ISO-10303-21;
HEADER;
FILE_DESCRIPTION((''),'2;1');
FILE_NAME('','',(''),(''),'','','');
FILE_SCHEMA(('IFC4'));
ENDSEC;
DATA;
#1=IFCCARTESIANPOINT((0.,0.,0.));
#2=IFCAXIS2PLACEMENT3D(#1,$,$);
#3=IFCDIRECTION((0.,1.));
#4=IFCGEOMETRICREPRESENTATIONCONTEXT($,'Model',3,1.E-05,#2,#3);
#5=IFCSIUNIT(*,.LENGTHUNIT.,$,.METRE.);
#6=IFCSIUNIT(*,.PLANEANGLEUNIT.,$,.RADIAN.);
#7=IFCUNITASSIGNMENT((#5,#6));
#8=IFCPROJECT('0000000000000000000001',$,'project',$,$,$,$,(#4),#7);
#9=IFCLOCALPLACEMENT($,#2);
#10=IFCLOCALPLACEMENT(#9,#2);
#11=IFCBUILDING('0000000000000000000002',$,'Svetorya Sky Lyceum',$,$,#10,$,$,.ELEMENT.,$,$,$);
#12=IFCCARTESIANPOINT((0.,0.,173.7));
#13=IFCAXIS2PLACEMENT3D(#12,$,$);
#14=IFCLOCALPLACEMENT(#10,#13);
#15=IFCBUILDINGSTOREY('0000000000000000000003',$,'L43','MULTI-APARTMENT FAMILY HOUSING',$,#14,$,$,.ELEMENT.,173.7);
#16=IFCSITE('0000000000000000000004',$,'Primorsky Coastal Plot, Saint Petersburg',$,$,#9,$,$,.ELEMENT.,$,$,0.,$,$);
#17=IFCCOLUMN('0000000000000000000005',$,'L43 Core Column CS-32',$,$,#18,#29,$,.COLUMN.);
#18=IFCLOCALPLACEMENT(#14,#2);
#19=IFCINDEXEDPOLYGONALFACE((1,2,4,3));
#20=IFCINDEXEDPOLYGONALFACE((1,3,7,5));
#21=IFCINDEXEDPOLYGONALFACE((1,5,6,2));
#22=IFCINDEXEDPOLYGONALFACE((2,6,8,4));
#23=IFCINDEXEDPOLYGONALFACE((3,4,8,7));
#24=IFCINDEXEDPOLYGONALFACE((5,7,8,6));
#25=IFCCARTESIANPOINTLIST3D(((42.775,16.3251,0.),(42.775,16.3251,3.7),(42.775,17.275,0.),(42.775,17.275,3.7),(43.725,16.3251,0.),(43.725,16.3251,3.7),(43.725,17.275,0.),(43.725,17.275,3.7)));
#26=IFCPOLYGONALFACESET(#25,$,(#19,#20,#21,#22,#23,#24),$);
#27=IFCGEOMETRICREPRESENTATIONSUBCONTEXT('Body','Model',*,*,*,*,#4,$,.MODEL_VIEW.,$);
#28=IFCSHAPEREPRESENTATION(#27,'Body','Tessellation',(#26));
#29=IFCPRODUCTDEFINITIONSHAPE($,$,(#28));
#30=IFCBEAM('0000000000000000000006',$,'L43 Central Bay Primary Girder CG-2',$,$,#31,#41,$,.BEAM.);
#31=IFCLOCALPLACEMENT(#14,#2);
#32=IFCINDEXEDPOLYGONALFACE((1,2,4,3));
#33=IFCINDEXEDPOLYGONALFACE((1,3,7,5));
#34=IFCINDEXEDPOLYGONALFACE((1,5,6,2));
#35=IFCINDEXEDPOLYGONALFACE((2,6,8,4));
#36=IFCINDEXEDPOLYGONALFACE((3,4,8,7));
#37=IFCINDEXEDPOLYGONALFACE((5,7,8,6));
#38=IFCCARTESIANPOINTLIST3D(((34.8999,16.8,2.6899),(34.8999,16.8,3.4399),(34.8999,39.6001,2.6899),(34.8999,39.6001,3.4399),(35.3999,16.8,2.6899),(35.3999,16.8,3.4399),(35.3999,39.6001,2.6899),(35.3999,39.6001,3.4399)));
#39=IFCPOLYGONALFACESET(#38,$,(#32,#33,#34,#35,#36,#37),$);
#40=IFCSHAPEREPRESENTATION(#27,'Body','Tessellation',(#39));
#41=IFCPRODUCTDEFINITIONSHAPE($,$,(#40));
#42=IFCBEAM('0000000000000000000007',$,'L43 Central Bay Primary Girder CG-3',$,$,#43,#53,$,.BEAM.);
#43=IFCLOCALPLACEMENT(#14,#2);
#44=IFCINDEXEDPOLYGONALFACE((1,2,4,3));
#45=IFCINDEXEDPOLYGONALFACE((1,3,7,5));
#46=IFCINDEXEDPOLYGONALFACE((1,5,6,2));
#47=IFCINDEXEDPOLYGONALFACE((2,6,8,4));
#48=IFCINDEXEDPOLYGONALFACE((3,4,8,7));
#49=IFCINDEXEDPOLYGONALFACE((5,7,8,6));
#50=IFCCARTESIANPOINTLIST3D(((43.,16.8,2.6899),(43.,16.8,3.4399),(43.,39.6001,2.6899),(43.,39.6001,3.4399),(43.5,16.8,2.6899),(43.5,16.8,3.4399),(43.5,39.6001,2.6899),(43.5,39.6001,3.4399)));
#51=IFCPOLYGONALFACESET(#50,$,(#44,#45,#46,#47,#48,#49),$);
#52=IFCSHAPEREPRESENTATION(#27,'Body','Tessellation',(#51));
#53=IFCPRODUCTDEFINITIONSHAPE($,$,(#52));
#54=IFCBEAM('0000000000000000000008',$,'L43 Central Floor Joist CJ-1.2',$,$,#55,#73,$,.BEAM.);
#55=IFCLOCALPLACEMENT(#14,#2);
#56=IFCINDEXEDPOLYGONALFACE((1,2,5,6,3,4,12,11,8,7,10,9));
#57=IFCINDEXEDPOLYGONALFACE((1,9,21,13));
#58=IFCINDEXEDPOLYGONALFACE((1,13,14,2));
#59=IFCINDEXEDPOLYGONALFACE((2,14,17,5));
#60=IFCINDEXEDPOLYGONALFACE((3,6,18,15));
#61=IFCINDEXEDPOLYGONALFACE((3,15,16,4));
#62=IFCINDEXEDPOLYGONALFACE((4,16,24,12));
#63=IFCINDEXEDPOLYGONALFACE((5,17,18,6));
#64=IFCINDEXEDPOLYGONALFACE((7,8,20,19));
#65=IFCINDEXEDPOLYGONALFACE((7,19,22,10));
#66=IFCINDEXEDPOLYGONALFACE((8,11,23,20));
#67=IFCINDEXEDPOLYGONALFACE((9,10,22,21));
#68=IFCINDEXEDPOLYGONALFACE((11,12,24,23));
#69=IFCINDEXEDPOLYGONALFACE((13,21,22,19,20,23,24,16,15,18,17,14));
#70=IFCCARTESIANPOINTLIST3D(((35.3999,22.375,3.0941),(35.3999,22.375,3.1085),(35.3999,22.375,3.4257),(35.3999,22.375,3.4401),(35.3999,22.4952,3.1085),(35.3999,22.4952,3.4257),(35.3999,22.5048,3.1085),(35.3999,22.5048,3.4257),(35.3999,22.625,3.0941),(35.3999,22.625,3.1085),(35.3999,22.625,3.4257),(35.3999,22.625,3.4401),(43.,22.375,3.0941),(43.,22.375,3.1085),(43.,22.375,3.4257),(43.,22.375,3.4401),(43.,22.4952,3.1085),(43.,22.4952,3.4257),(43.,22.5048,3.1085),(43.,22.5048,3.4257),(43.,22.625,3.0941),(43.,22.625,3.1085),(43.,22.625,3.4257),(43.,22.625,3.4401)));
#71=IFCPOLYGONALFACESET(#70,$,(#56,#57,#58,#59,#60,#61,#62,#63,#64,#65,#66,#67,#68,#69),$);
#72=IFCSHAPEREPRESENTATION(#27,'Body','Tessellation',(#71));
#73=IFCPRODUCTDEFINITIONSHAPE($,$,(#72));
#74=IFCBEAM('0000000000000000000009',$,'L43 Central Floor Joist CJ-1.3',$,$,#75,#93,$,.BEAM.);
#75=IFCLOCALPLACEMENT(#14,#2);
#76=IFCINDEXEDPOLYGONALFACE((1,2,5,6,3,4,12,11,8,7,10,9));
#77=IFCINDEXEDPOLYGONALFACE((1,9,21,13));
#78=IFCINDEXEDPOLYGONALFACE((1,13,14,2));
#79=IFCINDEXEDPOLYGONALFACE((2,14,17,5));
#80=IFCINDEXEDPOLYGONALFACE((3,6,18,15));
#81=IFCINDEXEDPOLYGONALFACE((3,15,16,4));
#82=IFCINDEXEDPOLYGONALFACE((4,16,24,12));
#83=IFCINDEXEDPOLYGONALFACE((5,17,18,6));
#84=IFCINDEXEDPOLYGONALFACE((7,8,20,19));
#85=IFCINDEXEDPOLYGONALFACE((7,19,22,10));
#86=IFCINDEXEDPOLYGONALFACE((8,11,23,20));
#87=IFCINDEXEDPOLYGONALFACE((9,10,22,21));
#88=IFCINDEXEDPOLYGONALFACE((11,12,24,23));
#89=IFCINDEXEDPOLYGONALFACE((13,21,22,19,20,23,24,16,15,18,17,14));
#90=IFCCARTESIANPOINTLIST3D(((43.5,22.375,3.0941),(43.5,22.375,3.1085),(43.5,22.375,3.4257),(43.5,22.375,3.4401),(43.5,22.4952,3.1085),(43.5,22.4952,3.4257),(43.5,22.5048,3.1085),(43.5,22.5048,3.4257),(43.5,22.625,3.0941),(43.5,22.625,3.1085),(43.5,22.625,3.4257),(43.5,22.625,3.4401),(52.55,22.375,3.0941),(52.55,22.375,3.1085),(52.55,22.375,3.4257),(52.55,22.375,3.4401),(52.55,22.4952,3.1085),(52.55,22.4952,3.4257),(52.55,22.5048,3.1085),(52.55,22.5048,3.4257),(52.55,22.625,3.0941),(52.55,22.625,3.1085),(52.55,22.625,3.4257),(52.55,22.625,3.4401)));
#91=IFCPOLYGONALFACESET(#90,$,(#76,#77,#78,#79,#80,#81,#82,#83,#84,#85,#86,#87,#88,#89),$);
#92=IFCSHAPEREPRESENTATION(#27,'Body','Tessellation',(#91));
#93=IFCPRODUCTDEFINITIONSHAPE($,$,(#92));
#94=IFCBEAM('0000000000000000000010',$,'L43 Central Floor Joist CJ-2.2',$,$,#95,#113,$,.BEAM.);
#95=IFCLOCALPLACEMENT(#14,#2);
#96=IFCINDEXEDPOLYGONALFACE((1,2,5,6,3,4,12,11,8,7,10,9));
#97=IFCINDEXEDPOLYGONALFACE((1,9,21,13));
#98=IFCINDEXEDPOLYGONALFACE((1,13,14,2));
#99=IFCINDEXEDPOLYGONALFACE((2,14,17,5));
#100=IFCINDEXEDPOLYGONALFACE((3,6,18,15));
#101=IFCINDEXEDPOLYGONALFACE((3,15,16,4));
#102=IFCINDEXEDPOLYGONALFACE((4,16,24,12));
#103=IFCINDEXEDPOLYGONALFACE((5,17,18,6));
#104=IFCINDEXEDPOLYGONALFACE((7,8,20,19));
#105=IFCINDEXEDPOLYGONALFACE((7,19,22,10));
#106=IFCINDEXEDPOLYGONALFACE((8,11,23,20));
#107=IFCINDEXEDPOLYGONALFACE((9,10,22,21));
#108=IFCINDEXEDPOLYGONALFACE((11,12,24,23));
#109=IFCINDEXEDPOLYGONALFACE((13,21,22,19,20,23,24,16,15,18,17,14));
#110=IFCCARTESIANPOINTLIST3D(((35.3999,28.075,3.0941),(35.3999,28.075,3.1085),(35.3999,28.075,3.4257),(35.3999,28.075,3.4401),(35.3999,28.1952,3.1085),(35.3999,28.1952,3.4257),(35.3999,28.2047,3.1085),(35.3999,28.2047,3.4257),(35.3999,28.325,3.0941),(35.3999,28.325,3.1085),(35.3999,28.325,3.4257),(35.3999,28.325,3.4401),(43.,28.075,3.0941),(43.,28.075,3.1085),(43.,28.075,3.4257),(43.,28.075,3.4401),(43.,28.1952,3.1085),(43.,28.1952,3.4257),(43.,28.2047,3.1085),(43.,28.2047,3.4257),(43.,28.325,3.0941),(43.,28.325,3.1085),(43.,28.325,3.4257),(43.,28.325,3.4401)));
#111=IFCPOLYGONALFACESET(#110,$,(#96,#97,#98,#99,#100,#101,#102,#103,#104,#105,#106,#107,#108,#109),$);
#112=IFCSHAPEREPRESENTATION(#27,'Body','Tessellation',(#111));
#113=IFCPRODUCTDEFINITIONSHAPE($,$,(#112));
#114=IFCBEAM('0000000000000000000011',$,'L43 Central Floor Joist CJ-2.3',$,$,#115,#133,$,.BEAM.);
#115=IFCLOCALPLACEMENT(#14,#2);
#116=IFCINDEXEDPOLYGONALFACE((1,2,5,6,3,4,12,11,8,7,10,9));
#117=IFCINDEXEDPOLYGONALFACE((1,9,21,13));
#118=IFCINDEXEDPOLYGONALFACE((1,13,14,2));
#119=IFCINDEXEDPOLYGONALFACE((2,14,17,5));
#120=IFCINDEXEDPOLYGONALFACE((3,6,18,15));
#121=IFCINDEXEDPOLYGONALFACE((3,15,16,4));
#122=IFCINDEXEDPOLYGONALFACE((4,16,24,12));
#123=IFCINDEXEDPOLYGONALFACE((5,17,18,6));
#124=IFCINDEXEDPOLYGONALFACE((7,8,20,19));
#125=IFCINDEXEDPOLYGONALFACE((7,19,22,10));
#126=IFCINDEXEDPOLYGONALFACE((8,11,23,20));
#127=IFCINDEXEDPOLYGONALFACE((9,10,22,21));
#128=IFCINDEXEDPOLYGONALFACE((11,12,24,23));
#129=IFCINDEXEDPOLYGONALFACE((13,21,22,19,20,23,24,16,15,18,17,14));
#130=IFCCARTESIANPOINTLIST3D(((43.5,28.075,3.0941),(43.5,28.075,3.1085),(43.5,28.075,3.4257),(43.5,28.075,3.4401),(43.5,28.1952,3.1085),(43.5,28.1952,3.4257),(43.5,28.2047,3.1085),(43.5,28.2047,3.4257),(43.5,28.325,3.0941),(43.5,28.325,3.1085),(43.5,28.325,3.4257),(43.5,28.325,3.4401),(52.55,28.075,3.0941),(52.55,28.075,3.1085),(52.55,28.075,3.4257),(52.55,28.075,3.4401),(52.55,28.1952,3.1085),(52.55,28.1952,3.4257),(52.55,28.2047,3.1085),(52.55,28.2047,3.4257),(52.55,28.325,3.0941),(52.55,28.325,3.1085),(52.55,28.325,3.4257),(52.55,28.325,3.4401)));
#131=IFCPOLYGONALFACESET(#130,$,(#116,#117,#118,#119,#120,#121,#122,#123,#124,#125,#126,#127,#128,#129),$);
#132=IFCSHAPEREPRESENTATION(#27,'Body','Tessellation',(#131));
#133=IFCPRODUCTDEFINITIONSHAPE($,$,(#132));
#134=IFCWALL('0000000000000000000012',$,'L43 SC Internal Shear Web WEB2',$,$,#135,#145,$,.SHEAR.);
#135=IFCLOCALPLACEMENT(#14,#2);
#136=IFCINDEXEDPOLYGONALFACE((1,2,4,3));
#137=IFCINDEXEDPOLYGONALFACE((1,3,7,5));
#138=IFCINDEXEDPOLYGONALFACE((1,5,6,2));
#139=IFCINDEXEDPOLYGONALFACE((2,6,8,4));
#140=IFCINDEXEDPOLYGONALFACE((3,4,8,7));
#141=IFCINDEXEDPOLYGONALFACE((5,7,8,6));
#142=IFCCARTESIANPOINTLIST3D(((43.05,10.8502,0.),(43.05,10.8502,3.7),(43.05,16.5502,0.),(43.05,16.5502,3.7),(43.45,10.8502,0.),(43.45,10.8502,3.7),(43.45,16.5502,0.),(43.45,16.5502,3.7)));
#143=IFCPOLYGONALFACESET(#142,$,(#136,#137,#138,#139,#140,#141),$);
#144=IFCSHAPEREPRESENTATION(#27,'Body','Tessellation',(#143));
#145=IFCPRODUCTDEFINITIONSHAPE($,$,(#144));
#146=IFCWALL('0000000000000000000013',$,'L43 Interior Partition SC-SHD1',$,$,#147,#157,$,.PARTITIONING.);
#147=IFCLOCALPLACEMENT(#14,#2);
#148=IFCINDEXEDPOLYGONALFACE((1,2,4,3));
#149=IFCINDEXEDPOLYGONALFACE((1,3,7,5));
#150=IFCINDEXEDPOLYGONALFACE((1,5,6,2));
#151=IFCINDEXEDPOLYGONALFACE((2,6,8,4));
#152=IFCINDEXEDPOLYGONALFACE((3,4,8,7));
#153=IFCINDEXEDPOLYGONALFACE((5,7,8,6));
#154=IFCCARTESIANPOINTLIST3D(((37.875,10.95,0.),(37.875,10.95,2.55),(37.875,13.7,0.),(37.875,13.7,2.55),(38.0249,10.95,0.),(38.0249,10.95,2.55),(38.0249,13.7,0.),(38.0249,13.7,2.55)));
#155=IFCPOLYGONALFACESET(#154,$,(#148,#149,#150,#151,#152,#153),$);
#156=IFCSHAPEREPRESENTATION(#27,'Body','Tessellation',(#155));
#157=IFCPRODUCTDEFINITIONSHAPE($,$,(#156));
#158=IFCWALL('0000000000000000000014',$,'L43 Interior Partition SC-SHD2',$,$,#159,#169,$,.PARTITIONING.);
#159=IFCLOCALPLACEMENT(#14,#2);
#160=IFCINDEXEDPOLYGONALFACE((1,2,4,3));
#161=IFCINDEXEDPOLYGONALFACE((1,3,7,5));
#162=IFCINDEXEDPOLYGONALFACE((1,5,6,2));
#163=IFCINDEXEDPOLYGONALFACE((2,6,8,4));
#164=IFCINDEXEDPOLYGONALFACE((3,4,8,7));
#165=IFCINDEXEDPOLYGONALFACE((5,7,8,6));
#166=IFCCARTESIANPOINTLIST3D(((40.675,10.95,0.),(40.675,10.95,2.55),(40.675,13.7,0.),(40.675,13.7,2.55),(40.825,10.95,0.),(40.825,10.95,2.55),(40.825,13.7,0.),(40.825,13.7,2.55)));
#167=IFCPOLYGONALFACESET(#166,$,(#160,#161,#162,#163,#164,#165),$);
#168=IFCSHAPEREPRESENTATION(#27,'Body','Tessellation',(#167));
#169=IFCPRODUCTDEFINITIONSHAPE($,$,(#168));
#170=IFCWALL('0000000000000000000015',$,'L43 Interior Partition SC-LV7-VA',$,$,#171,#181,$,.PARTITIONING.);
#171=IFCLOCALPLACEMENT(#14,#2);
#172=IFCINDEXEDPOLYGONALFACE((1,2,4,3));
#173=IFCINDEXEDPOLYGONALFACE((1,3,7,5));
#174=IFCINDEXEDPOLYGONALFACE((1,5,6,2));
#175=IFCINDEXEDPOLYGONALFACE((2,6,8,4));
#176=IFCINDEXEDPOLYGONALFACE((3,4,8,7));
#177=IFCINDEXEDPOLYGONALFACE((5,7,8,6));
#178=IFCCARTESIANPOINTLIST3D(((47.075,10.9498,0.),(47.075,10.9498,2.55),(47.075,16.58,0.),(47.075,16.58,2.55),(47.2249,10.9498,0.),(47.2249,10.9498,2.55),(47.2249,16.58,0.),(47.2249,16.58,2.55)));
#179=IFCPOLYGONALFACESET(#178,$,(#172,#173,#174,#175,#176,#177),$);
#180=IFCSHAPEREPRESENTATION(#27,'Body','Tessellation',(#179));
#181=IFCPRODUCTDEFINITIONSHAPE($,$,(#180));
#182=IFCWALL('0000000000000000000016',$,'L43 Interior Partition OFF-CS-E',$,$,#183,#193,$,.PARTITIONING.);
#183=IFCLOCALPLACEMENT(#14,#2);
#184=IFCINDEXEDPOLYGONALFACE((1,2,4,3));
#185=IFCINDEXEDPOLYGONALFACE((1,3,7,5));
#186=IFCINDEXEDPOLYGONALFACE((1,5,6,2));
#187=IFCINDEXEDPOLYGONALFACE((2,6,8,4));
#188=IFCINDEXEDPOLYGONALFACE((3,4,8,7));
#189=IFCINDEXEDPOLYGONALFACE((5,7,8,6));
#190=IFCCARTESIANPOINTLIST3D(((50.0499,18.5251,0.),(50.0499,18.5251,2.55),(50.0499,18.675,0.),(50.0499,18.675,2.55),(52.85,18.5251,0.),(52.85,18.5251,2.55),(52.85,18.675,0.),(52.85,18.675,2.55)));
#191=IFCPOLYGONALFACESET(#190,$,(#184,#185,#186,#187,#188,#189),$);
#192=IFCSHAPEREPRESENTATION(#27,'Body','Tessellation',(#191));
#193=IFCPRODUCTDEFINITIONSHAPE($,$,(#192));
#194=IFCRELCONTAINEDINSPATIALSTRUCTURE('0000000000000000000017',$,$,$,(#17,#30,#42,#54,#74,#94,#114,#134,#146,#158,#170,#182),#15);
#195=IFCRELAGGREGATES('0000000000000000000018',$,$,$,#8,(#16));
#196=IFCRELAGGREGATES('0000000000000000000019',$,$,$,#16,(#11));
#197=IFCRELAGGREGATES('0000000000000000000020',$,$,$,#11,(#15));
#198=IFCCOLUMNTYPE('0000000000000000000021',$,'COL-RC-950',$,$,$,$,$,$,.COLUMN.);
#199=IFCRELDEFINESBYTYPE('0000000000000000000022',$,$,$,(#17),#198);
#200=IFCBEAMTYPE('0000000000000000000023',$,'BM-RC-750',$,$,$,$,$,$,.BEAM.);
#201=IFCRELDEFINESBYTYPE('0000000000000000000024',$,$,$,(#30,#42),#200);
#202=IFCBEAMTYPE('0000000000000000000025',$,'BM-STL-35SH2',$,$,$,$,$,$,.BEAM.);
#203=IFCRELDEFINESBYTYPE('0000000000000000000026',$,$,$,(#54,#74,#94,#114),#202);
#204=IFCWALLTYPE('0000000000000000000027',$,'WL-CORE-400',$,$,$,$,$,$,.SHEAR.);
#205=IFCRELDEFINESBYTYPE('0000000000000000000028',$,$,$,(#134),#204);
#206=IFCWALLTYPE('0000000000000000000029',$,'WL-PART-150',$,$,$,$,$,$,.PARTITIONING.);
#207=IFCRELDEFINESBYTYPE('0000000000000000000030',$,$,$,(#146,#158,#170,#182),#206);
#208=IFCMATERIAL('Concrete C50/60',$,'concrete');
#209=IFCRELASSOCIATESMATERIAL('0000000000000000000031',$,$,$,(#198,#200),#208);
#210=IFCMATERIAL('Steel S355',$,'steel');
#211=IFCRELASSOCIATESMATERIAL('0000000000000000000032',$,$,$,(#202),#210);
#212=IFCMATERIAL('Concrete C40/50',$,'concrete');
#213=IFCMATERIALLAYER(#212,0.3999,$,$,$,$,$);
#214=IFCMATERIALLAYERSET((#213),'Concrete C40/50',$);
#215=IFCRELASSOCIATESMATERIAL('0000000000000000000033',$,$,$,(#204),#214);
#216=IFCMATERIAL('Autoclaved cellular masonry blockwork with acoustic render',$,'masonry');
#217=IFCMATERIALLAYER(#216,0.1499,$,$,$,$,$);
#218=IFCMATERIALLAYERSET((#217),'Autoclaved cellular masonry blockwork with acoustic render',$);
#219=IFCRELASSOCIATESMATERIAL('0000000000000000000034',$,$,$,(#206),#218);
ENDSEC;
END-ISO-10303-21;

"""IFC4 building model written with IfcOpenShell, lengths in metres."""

from ifc_helpers import new_model, si_unit, direction, frame, frame_2d, origin, origin_2d, place, context, subcontext, project, spatial, rectangle, i_section, extrude, material, layer, layer_set, material_profile, profile_set, type_object, element, save


model = new_model("IFC4")

# Units and contexts
model_context = context("Model", 3, precision=1e-05, world=origin(), true_north=direction((0.0, 1.0)))
body_context = subcontext(model_context, "Body", "Model", "MODEL_VIEW")
ifc_project = project(units=[si_unit("LENGTHUNIT", "METRE"), si_unit("PLANEANGLEUNIT", "RADIAN")], contexts=[model_context])

# Site, building, storey
site_placement = place(None, origin())
site = spatial("IfcSite", under=ifc_project, at=site_placement, Name="Primorsky Coastal Plot, Saint Petersburg", CompositionType="ELEMENT", RefElevation=0.0)
building_placement = place(site_placement, origin())
building = spatial("IfcBuilding", under=site, at=building_placement, Name="Svetorya Sky Lyceum", CompositionType="ELEMENT")
storey_placement = place(building_placement, frame((0.0, 0.0, 173.7)))
storey = spatial("IfcBuildingStorey", under=building, at=storey_placement, Name="L43", Description="MULTI-APARTMENT FAMILY HOUSING", CompositionType="ELEMENT", Elevation=173.7)

# Column
ifc_material_1 = material(Name="Concrete C50/60", Category="concrete")
ifc_material_profile_1 = material_profile(ifc_material_1, rectangle(XDim=0.95, YDim=0.95, at=origin_2d()), Name="RC COL 950x950")
ifc_profile_set_1 = profile_set([ifc_material_profile_1], Name="Concrete C50/60")
column_type = type_object("IfcColumnType", Name="COL-RC-950", PredefinedType="COLUMN", material=ifc_profile_set_1)
column_placement = place(storey_placement, frame((43.25, 16.8, 0.0), z_axis=(0.0, 0.0, 1.0), x_axis=(1.0, 0.0, 0.0)))
element("IfcColumn", 1, at=column_placement, inside=storey, type_object=column_type, Name="L43 Core Column CS-32", PredefinedType="COLUMN", context=body_context, shape_type="SweptSolid", body=[
    extrude(rectangle(XDim=0.95, YDim=0.95, at=origin_2d()), origin(), (0.0, 0.0, 1.0), 3.7),
])

# Beams
ifc_material_profile_2 = material_profile(ifc_material_1, rectangle(XDim=0.5, YDim=0.75, at=origin_2d()), Name="RC BEAM 500x750")
ifc_profile_set_2 = profile_set([ifc_material_profile_2], Name="Concrete C50/60")
beam_type_1 = type_object("IfcBeamType", Name="BM-RC-750", PredefinedType="BEAM", material=ifc_profile_set_2)
for number, where, z_axis, x_axis, name in (
    (2, (35.1499, 16.8, 3.0649), (0.0, 1.0, 0.0), (-1.0, 0.0, 0.0), "L43 Central Bay Primary Girder CG-2"),
    (3, (43.25, 16.8, 3.0649), (0.0, 1.0, 0.0), (-1.0, 0.0, 0.0), "L43 Central Bay Primary Girder CG-3"),
):
    element("IfcBeam", number, at=place(storey_placement, frame(where, z_axis=z_axis, x_axis=x_axis)), inside=storey, type_object=beam_type_1, Name=name, PredefinedType="BEAM", context=body_context, shape_type="SweptSolid", body=[
        extrude(rectangle(XDim=0.5, YDim=0.75, at=origin_2d()), origin(), (0.0, 0.0, 1.0), 22.8),
    ])
ifc_material_2 = material(Name="Steel S355", Category="steel")
ifc_material_profile_3 = material_profile(ifc_material_2, i_section(OverallWidth=0.25, OverallDepth=0.3459, WebThickness=0.0095, FlangeThickness=0.0144, at=origin_2d()), Name="GOST 35Sh2")
ifc_profile_set_3 = profile_set([ifc_material_profile_3], Name="Steel S355")
beam_type_2 = type_object("IfcBeamType", Name="BM-STL-35SH2", PredefinedType="BEAM", material=ifc_profile_set_3)
beam_1_placement = place(storey_placement, frame((35.3999, 22.5, 3.2671), z_axis=(1.0, 0.0, 0.0), x_axis=(0.0, 1.0, 0.0)))
element("IfcBeam", 4, at=beam_1_placement, inside=storey, type_object=beam_type_2, Name="L43 Central Floor Joist CJ-1.2", PredefinedType="BEAM", context=body_context, shape_type="SweptSolid", body=[
    extrude(i_section(OverallWidth=0.25, OverallDepth=0.3459, WebThickness=0.0095, FlangeThickness=0.0144, at=origin_2d()), origin(), (0.0, 0.0, 1.0), 7.6001),
])
beam_2_placement = place(storey_placement, frame((43.5, 22.5, 3.2671), z_axis=(1.0, 0.0, 0.0), x_axis=(0.0, 1.0, 0.0)))
element("IfcBeam", 5, at=beam_2_placement, inside=storey, type_object=beam_type_2, Name="L43 Central Floor Joist CJ-1.3", PredefinedType="BEAM", context=body_context, shape_type="SweptSolid", body=[
    extrude(i_section(OverallWidth=0.25, OverallDepth=0.3459, WebThickness=0.0095, FlangeThickness=0.0144, at=origin_2d()), origin(), (0.0, 0.0, 1.0), 9.05),
])
beam_3_placement = place(storey_placement, frame((35.3999, 28.2, 3.2671), z_axis=(1.0, 0.0, 0.0), x_axis=(0.0, 1.0, 0.0)))
element("IfcBeam", 6, at=beam_3_placement, inside=storey, type_object=beam_type_2, Name="L43 Central Floor Joist CJ-2.2", PredefinedType="BEAM", context=body_context, shape_type="SweptSolid", body=[
    extrude(i_section(OverallWidth=0.25, OverallDepth=0.3459, WebThickness=0.0095, FlangeThickness=0.0144, at=origin_2d()), origin(), (0.0, 0.0, 1.0), 7.6001),
])
beam_4_placement = place(storey_placement, frame((43.5, 28.2, 3.2671), z_axis=(1.0, 0.0, 0.0), x_axis=(0.0, 1.0, 0.0)))
element("IfcBeam", 7, at=beam_4_placement, inside=storey, type_object=beam_type_2, Name="L43 Central Floor Joist CJ-2.3", PredefinedType="BEAM", context=body_context, shape_type="SweptSolid", body=[
    extrude(i_section(OverallWidth=0.25, OverallDepth=0.3459, WebThickness=0.0095, FlangeThickness=0.0144, at=origin_2d()), origin(), (0.0, 0.0, 1.0), 9.05),
])

# Walls
ifc_material_3 = material(Name="Concrete C40/50", Category="concrete")
ifc_layer_1 = layer(ifc_material_3, 0.3999)
ifc_layer_set_1 = layer_set([ifc_layer_1], Name="Concrete C40/50")
wall_type_1 = type_object("IfcWallType", Name="WL-CORE-400", PredefinedType="SHEAR", material=ifc_layer_set_1)
wall_1_placement = place(storey_placement, frame((43.25, 10.8501, 0.0), z_axis=(0.0, 0.0, 1.0), x_axis=(0.0, 1.0, 0.0)))
element("IfcWall", 8, at=wall_1_placement, inside=storey, type_object=wall_type_1, Name="L43 SC Internal Shear Web WEB2", PredefinedType="SHEAR", context=body_context, shape_type="SweptSolid", body=[
    extrude(rectangle(XDim=5.7, YDim=0.3999, at=frame_2d((2.8501, 0.0))), origin(), (0.0, 0.0, 1.0), 3.7),
])
ifc_material_4 = material(Name="Autoclaved cellular masonry blockwork with acoustic render", Category="masonry")
ifc_layer_2 = layer(ifc_material_4, 0.1499)
ifc_layer_set_2 = layer_set([ifc_layer_2], Name="Autoclaved cellular masonry blockwork with acoustic render")
wall_type_2 = type_object("IfcWallType", Name="WL-PART-150", PredefinedType="PARTITIONING", material=ifc_layer_set_2)
for number, where, z_axis, x_axis, name in (
    (9, (37.95, 10.95, 0.0), (0.0, 0.0, 1.0), (0.0, 1.0, 0.0), "L43 Interior Partition SC-SHD1"),
    (10, (40.75, 10.95, 0.0), (0.0, 0.0, 1.0), (0.0, 1.0, 0.0), "L43 Interior Partition SC-SHD2"),
):
    element("IfcWall", number, at=place(storey_placement, frame(where, z_axis=z_axis, x_axis=x_axis)), inside=storey, type_object=wall_type_2, Name=name, PredefinedType="PARTITIONING", context=body_context, shape_type="SweptSolid", body=[
        extrude(rectangle(XDim=2.75, YDim=0.1499, at=frame_2d((1.375, 0.0))), origin(), (0.0, 0.0, 1.0), 2.55),
    ])
wall_2_placement = place(storey_placement, frame((47.1499, 10.95, 0.0), z_axis=(0.0, 0.0, 1.0), x_axis=(0.0, 1.0, 0.0)))
element("IfcWall", 11, at=wall_2_placement, inside=storey, type_object=wall_type_2, Name="L43 Interior Partition SC-LV7-VA", PredefinedType="PARTITIONING", context=body_context, shape_type="SweptSolid", body=[
    extrude(rectangle(XDim=5.6301, YDim=0.1499, at=frame_2d((2.8149, 0.0))), origin(), (0.0, 0.0, 1.0), 2.55),
])
wall_3_placement = place(storey_placement, frame((50.05, 18.6001, 0.0), z_axis=(0.0, 0.0, 1.0), x_axis=(1.0, 0.0, 0.0)))
element("IfcWall", 12, at=wall_3_placement, inside=storey, type_object=wall_type_2, Name="L43 Interior Partition OFF-CS-E", PredefinedType="PARTITIONING", context=body_context, shape_type="SweptSolid", body=[
    extrude(rectangle(XDim=2.8, YDim=0.1499, at=frame_2d((1.3999, 0.0))), origin(), (0.0, 0.0, 1.0), 2.55),
])

save(model, "model.ifc")
